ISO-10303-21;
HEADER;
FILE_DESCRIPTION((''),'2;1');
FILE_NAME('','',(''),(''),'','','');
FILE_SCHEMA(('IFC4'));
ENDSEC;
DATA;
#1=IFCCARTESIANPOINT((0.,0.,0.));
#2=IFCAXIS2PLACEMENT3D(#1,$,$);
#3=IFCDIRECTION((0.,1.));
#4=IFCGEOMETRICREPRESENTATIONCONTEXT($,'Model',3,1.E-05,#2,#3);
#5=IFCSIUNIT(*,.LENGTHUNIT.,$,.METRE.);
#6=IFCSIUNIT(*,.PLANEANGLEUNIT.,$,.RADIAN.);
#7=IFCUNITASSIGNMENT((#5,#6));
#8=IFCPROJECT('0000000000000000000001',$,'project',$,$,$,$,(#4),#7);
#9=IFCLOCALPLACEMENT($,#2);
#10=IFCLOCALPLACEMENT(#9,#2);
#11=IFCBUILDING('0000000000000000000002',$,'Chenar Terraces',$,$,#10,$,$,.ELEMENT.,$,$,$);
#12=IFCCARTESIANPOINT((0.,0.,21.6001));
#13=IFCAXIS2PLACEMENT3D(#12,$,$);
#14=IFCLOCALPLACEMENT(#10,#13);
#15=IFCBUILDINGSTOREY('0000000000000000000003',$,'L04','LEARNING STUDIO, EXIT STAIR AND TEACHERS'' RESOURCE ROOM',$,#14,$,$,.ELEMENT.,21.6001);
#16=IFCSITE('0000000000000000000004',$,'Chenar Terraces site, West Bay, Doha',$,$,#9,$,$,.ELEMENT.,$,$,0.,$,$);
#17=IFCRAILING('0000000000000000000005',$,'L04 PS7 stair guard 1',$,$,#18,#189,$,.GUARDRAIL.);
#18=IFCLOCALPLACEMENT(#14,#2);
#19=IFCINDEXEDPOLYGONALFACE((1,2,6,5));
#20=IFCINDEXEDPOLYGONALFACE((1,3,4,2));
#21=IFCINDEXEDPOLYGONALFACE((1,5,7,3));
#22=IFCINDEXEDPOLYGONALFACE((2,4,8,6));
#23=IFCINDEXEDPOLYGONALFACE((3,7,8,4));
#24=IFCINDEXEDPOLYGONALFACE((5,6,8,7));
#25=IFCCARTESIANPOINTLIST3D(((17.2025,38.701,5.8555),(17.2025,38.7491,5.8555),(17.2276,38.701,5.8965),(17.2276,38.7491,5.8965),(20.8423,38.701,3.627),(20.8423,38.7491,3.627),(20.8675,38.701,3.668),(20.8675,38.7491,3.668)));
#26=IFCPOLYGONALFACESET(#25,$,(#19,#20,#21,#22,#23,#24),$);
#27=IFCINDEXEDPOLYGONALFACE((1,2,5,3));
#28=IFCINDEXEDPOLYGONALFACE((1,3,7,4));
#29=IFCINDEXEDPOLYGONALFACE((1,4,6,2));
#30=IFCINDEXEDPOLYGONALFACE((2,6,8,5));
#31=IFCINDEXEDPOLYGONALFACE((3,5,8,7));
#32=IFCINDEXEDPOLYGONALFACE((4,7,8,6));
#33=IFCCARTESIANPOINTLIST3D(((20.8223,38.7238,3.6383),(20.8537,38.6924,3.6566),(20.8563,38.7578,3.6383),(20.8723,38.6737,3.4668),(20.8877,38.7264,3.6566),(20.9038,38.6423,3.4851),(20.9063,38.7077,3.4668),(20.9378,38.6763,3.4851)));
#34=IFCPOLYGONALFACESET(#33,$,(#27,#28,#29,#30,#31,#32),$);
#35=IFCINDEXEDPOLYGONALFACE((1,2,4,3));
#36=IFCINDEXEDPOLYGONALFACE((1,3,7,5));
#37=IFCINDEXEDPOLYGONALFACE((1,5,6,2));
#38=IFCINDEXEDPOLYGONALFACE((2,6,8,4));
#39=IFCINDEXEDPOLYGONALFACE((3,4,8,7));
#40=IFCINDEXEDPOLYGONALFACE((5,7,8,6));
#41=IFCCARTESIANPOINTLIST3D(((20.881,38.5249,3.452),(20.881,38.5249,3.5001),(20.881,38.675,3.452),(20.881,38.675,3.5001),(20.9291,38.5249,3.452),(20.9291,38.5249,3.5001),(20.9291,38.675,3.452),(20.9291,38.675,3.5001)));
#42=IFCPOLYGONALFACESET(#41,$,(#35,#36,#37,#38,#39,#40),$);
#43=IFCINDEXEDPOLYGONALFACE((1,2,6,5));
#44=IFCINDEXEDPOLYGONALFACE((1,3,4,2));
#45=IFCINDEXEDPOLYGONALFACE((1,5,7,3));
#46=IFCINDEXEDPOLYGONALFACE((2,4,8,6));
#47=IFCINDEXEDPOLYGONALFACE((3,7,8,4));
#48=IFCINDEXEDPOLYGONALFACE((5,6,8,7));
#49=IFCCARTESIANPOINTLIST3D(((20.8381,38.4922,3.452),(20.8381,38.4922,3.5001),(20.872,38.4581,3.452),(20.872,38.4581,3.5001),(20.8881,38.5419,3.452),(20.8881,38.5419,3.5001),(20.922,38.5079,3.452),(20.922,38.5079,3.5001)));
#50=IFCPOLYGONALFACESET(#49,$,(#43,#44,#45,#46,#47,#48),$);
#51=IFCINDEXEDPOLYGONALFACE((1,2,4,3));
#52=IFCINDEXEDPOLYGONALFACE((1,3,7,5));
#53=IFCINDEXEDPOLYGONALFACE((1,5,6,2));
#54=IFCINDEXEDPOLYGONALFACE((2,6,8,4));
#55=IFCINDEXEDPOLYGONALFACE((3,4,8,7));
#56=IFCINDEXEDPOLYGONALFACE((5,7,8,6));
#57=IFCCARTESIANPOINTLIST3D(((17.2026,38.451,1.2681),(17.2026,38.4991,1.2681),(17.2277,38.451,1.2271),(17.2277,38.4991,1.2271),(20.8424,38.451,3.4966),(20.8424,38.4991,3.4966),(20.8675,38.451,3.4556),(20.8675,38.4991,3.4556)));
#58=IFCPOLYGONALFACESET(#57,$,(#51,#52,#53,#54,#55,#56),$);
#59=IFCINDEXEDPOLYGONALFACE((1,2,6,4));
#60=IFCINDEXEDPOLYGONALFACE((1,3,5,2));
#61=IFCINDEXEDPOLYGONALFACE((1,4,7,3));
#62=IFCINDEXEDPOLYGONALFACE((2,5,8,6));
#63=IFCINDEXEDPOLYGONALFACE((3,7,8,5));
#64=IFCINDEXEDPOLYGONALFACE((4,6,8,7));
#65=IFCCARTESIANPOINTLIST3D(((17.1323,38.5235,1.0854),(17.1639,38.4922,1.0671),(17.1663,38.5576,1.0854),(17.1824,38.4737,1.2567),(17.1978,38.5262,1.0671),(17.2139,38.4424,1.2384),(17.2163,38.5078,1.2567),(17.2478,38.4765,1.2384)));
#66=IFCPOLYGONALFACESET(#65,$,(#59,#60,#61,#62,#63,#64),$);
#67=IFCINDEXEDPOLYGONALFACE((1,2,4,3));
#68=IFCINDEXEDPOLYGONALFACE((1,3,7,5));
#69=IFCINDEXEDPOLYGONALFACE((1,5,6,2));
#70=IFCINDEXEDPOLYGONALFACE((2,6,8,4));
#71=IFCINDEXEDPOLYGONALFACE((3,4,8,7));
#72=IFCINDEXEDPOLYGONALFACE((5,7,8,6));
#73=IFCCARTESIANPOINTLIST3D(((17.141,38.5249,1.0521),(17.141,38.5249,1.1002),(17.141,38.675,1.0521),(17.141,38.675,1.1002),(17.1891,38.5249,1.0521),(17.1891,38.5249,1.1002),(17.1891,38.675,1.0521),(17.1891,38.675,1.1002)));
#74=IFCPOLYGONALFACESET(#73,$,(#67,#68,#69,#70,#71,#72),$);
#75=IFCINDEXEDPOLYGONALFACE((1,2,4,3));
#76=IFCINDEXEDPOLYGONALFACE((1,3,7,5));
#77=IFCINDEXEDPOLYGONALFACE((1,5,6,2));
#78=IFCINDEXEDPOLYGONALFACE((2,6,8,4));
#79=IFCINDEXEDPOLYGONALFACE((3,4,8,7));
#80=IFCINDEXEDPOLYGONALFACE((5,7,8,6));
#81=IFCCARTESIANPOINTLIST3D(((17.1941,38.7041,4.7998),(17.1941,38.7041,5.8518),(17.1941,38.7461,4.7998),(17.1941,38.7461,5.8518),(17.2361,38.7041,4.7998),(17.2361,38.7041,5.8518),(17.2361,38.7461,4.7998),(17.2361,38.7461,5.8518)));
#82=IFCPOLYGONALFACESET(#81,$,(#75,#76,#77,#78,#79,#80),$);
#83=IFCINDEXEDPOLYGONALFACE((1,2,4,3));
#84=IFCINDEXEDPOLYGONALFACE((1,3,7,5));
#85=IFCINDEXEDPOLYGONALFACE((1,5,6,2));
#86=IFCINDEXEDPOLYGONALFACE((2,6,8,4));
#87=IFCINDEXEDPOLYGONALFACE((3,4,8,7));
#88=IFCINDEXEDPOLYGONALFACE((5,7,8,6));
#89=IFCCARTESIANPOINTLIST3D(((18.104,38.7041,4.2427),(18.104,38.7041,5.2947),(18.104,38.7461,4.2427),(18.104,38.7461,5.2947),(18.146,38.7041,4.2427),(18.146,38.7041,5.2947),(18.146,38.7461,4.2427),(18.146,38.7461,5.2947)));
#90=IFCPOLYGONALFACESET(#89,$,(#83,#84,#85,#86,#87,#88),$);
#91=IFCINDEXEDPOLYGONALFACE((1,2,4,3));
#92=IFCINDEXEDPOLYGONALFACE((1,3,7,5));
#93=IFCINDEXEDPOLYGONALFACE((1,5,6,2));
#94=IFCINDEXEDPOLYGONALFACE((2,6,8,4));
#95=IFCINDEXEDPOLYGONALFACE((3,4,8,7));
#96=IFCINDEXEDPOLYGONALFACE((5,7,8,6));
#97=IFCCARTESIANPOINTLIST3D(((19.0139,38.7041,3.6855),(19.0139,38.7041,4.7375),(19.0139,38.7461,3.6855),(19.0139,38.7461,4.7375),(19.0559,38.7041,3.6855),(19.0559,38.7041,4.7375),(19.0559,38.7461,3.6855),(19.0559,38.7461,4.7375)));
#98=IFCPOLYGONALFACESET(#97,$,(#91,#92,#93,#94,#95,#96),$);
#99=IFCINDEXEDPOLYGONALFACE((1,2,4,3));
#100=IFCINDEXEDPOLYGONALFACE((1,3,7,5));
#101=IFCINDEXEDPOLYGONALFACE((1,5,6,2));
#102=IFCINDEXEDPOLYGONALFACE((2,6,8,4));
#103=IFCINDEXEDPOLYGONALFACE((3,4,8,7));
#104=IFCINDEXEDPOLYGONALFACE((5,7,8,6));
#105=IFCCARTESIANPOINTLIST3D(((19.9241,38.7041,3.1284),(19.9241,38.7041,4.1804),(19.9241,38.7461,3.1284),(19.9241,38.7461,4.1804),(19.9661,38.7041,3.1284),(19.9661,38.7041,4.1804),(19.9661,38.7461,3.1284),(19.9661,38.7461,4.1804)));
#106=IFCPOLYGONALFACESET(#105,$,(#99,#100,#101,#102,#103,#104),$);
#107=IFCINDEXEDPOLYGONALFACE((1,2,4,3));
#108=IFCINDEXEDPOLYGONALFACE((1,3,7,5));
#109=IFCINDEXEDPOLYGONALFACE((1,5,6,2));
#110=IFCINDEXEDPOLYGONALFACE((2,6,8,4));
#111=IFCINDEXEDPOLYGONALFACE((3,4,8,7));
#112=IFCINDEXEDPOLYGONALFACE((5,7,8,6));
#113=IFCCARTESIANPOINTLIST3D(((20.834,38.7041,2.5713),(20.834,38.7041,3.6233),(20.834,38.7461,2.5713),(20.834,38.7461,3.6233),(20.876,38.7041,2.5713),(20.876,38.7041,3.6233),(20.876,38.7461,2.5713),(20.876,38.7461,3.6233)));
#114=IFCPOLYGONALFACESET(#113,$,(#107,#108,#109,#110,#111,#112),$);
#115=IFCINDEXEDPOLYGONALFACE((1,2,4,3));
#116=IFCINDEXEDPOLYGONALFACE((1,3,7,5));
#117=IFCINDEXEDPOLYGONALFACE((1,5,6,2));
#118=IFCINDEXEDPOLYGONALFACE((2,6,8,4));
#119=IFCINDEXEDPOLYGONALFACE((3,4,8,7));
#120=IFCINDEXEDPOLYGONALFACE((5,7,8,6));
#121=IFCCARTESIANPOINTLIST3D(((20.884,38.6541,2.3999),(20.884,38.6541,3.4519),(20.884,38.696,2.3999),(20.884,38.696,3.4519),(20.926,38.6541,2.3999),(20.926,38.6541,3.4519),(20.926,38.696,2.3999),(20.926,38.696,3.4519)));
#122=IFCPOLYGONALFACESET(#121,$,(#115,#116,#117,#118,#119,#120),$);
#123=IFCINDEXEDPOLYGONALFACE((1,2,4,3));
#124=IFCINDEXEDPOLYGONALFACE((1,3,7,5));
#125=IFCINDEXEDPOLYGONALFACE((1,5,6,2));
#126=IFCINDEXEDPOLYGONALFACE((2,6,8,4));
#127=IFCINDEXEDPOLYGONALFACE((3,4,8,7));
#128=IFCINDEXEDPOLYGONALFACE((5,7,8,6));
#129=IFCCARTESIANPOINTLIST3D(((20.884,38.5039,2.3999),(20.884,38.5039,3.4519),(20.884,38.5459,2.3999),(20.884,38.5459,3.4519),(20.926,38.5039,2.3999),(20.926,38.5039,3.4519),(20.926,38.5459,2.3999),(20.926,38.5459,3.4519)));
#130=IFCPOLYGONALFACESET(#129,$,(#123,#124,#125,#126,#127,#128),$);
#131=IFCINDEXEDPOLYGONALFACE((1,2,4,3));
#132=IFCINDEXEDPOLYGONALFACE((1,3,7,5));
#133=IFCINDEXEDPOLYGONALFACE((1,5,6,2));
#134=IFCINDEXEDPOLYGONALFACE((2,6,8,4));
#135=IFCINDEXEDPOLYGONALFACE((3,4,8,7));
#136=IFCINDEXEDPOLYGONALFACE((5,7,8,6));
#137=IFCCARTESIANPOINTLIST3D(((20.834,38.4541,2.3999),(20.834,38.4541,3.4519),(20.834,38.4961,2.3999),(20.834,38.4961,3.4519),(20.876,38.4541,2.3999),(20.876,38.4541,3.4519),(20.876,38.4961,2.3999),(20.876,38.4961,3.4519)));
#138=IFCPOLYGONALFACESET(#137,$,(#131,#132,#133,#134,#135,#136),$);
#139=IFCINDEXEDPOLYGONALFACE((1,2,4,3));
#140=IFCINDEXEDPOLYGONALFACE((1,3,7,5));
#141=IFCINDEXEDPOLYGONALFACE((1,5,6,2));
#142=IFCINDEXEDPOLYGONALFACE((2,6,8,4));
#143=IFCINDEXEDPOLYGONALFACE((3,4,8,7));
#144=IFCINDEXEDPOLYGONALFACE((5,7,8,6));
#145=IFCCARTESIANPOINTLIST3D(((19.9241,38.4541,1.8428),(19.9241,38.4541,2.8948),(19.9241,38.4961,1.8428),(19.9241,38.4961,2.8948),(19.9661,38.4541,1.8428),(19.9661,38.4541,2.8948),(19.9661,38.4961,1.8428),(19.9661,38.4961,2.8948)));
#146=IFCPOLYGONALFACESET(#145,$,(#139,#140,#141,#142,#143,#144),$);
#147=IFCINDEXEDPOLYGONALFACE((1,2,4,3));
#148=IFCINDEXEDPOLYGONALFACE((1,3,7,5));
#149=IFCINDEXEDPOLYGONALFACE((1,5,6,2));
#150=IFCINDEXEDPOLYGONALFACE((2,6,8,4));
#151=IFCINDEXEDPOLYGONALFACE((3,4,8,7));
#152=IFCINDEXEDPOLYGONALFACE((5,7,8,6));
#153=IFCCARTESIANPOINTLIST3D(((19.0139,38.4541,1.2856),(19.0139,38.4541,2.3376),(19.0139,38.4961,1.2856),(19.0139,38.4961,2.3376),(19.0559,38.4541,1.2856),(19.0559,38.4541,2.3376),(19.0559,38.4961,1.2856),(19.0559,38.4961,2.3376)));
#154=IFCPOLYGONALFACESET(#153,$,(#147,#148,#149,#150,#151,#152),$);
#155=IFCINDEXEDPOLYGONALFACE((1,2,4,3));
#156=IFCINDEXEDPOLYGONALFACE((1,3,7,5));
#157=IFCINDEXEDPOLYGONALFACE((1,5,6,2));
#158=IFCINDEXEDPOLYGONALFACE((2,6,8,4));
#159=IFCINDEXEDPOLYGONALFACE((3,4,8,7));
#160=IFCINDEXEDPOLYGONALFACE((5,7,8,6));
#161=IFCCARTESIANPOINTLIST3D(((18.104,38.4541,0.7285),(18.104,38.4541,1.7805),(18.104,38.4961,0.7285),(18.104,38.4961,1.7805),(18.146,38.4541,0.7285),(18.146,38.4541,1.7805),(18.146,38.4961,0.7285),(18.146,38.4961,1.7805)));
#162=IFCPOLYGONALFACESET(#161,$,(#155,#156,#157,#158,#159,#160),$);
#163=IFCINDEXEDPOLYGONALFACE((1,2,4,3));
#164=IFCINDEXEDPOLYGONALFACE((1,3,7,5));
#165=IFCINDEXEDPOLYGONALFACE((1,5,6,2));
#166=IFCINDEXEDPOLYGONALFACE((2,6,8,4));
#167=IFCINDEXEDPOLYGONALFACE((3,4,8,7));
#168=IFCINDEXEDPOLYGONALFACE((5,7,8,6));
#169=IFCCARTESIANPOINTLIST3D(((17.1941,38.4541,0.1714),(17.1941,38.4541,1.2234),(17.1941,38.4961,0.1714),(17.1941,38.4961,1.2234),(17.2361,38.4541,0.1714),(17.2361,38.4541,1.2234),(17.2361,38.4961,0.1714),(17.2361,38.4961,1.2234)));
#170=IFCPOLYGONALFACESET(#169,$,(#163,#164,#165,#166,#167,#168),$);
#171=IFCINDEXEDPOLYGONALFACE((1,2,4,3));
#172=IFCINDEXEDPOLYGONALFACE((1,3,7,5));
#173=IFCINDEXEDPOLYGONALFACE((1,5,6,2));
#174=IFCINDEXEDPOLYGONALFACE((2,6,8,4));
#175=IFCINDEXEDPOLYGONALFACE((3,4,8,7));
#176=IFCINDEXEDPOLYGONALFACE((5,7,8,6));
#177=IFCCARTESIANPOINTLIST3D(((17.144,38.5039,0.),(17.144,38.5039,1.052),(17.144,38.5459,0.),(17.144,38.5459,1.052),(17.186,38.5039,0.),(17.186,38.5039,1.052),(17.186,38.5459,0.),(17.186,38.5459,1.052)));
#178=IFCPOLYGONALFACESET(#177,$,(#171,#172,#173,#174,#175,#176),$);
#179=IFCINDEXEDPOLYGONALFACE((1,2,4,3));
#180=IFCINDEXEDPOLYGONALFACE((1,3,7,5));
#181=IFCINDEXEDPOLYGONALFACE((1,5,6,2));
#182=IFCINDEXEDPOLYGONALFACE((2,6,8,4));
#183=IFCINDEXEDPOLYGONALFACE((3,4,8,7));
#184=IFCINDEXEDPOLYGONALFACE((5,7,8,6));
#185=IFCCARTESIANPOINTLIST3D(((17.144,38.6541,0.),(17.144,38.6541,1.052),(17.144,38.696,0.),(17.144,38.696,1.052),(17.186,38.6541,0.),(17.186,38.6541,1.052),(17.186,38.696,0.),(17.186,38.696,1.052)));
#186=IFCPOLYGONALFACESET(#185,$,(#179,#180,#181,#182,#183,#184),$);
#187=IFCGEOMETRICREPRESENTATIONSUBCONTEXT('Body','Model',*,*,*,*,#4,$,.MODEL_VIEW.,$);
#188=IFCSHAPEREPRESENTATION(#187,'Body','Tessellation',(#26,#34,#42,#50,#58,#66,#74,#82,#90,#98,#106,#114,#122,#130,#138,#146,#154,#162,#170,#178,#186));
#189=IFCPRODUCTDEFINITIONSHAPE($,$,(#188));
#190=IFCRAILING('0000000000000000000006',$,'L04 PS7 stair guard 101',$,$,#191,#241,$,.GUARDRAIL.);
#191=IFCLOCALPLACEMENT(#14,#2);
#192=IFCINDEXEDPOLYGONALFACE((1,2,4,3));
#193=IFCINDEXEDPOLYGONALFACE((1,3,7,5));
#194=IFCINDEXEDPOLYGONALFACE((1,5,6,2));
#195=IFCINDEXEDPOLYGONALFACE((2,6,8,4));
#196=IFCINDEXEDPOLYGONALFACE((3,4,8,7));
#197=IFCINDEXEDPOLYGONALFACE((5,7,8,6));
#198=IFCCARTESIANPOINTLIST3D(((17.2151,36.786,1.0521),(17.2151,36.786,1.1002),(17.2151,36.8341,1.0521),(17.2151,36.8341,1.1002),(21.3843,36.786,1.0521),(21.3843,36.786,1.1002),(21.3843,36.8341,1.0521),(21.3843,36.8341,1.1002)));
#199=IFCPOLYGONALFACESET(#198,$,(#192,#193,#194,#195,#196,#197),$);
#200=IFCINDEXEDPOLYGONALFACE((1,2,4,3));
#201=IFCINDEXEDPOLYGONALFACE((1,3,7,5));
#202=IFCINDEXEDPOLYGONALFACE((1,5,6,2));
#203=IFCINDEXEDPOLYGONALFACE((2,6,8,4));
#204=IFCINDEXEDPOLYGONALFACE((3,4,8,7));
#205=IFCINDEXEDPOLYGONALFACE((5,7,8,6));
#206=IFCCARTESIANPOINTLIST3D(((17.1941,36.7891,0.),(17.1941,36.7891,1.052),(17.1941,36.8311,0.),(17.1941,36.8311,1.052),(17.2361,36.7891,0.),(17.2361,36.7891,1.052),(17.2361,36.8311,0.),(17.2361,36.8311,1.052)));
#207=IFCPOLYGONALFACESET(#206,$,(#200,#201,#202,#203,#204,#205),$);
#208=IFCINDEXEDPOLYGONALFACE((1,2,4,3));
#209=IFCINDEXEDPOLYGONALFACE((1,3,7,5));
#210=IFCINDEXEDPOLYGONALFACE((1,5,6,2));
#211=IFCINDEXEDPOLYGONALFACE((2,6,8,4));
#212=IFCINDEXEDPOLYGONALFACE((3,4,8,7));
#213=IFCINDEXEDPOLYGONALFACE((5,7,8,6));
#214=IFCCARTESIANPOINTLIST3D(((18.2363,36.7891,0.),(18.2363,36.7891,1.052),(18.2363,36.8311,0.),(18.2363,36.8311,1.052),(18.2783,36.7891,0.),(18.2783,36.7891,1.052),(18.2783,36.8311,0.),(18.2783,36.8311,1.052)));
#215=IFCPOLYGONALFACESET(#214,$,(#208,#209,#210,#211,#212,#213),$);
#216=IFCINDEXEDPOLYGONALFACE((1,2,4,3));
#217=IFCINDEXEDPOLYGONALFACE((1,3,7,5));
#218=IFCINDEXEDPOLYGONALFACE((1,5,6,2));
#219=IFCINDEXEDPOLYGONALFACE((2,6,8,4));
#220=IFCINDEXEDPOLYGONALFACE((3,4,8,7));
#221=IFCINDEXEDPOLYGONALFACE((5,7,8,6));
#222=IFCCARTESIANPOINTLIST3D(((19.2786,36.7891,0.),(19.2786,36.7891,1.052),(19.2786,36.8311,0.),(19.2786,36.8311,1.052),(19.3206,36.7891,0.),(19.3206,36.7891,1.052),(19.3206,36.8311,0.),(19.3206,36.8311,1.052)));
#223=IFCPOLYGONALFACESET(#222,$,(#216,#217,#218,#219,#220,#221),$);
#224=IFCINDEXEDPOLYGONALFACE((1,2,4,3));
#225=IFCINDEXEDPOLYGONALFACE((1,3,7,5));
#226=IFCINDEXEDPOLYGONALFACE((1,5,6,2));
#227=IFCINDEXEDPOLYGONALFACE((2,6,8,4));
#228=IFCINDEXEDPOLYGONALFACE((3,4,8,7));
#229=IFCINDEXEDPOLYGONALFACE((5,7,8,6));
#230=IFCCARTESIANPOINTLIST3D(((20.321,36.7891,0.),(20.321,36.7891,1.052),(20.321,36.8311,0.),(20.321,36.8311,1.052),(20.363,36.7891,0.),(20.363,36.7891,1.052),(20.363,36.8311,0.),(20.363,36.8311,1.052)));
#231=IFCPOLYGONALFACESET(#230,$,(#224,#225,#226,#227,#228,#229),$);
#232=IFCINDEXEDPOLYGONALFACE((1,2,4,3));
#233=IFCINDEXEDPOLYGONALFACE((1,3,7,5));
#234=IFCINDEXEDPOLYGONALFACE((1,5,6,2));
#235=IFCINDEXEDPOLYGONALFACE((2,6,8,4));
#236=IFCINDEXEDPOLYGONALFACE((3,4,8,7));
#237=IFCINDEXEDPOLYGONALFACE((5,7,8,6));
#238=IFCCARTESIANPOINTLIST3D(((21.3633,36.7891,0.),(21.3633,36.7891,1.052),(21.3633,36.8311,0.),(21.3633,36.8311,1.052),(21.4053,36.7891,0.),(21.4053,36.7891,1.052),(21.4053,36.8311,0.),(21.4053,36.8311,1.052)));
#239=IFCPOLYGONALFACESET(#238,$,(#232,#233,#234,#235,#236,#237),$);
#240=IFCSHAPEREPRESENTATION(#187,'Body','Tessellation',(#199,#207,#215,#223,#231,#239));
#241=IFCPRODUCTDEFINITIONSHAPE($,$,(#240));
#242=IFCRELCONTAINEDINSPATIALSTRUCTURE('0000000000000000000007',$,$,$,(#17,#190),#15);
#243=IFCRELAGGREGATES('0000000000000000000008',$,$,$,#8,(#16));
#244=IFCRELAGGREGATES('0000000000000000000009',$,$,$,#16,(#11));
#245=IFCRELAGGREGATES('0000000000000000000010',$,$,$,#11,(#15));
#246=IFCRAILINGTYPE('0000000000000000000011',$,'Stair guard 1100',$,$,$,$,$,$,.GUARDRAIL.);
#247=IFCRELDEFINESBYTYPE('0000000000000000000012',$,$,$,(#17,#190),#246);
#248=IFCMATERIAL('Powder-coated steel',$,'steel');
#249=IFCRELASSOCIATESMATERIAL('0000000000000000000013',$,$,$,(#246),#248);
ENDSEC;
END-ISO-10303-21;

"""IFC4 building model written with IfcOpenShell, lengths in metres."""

from ifc_helpers import new_model, si_unit, direction, frame, origin, origin_2d, place, context, subcontext, project, spatial, rectangle, extrude, material, type_object, element, save


model = new_model("IFC4")

# Units and contexts
model_context = context("Model", 3, precision=1e-05, world=origin(), true_north=direction((0.0, 1.0)))
body_context = subcontext(model_context, "Body", "Model", "MODEL_VIEW")
ifc_project = project(units=[si_unit("LENGTHUNIT", "METRE"), si_unit("PLANEANGLEUNIT", "RADIAN")], contexts=[model_context])

# Site, building, storey
site_placement = place(None, origin())
site = spatial("IfcSite", under=ifc_project, at=site_placement, Name="Chenar Terraces site, West Bay, Doha", CompositionType="ELEMENT", RefElevation=0.0)
building_placement = place(site_placement, origin())
building = spatial("IfcBuilding", under=site, at=building_placement, Name="Chenar Terraces", CompositionType="ELEMENT")
storey_placement = place(building_placement, frame((0.0, 0.0, 21.6001)))
storey = spatial("IfcBuildingStorey", under=building, at=storey_placement, Name="L04", Description="LEARNING STUDIO, EXIT STAIR AND TEACHERS' RESOURCE ROOM", CompositionType="ELEMENT", Elevation=21.6001)

# Railings
ifc_material_1 = material(Name="Powder-coated steel", Category="steel")
railing_type_1 = type_object("IfcRailingType", Name="Stair guard 1100", PredefinedType="GUARDRAIL", material=ifc_material_1)
railing_1_placement = place(storey_placement, frame((17.2151, 38.7251, 4.7998)))
element("IfcRailing", 1, at=railing_1_placement, inside=storey, type_object=railing_type_1, Name="L04 PS7 stair guard 1", PredefinedType="GUARDRAIL", context=body_context, shape_type="SweptSolid", body=[
    extrude(rectangle(XDim=0.0481, YDim=0.0481, at=origin_2d()), frame((0.0, 0.0, 1.0762), z_axis=(0.85285, 0.0, -0.522156), x_axis=(0.0, 1.0, 0.0)), (0.0, 0.0, 1.0), 4.2678),
    extrude(rectangle(XDim=0.0481, YDim=0.0481, at=origin_2d()), frame((3.6399, 0.0, -1.1523), z_axis=(0.269911, -0.269911, -0.924281), x_axis=(0.707107, 0.707107, 0.0)), (0.0, 0.0, 1.0), 0.1855),
    extrude(rectangle(XDim=0.0481, YDim=0.0481, at=origin_2d()), frame((3.6899, -0.05, -1.3237), z_axis=(0.0, -1.0, 0.0), x_axis=(1.0, 0.0, 0.0)), (0.0, 0.0, 1.0), 0.1501),
    extrude(rectangle(XDim=0.0481, YDim=0.0481, at=origin_2d()), frame((3.6899, -0.2002, -1.3237), z_axis=(-0.708834, -0.705376, 0.0), x_axis=(0.705376, -0.708834, 0.0)), (0.0, 0.0, 1.0), 0.0706),
    extrude(rectangle(XDim=0.0481, YDim=0.0481, at=origin_2d()), frame((3.6399, -0.25, -1.3237), z_axis=(-0.85285, 0.0, -0.522156), x_axis=(0.0, -1.0, 0.0)), (0.0, 0.0, 1.0), 4.2678),
    extrude(rectangle(XDim=0.0481, YDim=0.0481, at=origin_2d()), frame((0.0, -0.25, -3.5522), z_axis=(-0.270007, 0.26869, -0.924609), x_axis=(-0.705376, -0.708834, 0.0)), (0.0, 0.0, 1.0), 0.1853),
    extrude(rectangle(XDim=0.0481, YDim=0.0481, at=origin_2d()), frame((-0.05, -0.2002, -3.7236), z_axis=(0.0, 1.0, 0.0), x_axis=(-1.0, 0.0, 0.0)), (0.0, 0.0, 1.0), 0.1501),
    extrude(rectangle(XDim=0.042, YDim=0.042, at=origin_2d()), origin(), (0.0, 0.0, 1.0), 1.052),
    extrude(rectangle(XDim=0.042, YDim=0.042, at=origin_2d()), frame((0.9099, 0.0, -0.5571)), (0.0, 0.0, 1.0), 1.052),
    extrude(rectangle(XDim=0.042, YDim=0.042, at=origin_2d()), frame((1.8198, 0.0, -1.1143)), (0.0, 0.0, 1.0), 1.052),
    extrude(rectangle(XDim=0.042, YDim=0.042, at=origin_2d()), frame((2.73, 0.0, -1.6714)), (0.0, 0.0, 1.0), 1.052),
    extrude(rectangle(XDim=0.042, YDim=0.042, at=origin_2d()), frame((3.6399, 0.0, -2.2285)), (0.0, 0.0, 1.0), 1.052),
    extrude(rectangle(XDim=0.042, YDim=0.042, at=origin_2d()), frame((3.6899, -0.05, -2.3999)), (0.0, 0.0, 1.0), 1.052),
    extrude(rectangle(XDim=0.042, YDim=0.042, at=origin_2d()), frame((3.6899, -0.2002, -2.3999)), (0.0, 0.0, 1.0), 1.052),
    extrude(rectangle(XDim=0.042, YDim=0.042, at=origin_2d()), frame((3.6399, -0.25, -2.3999)), (0.0, 0.0, 1.0), 1.052),
    extrude(rectangle(XDim=0.042, YDim=0.042, at=origin_2d()), frame((2.73, -0.25, -2.957)), (0.0, 0.0, 1.0), 1.052),
    extrude(rectangle(XDim=0.042, YDim=0.042, at=origin_2d()), frame((1.8198, -0.25, -3.5142)), (0.0, 0.0, 1.0), 1.052),
    extrude(rectangle(XDim=0.042, YDim=0.042, at=origin_2d()), frame((0.9099, -0.25, -4.0713)), (0.0, 0.0, 1.0), 1.052),
    extrude(rectangle(XDim=0.042, YDim=0.042, at=origin_2d()), frame((0.0, -0.25, -4.6284)), (0.0, 0.0, 1.0), 1.052),
    extrude(rectangle(XDim=0.042, YDim=0.042, at=origin_2d()), frame((-0.05, -0.2002, -4.7998)), (0.0, 0.0, 1.0), 1.052),
    extrude(rectangle(XDim=0.042, YDim=0.042, at=origin_2d()), frame((-0.05, -0.05, -4.7998)), (0.0, 0.0, 1.0), 1.052),
])
railing_2_placement = place(storey_placement, frame((17.2151, 36.8101, 0.0)))
element("IfcRailing", 2, at=railing_2_placement, inside=storey, type_object=railing_type_1, Name="L04 PS7 stair guard 101", PredefinedType="GUARDRAIL", context=body_context, shape_type="SweptSolid", body=[
    extrude(rectangle(XDim=0.0481, YDim=0.0481, at=origin_2d()), frame((0.0, 0.0, 1.0762), z_axis=(1.0, 0.0, 0.0), x_axis=(0.0, 1.0, 0.0)), (0.0, 0.0, 1.0), 4.1692),
    extrude(rectangle(XDim=0.042, YDim=0.042, at=origin_2d()), origin(), (0.0, 0.0, 1.0), 1.052),
    extrude(rectangle(XDim=0.042, YDim=0.042, at=origin_2d()), frame((1.0422, 0.0, 0.0)), (0.0, 0.0, 1.0), 1.052),
    extrude(rectangle(XDim=0.042, YDim=0.042, at=origin_2d()), frame((2.0845, 0.0, 0.0)), (0.0, 0.0, 1.0), 1.052),
    extrude(rectangle(XDim=0.042, YDim=0.042, at=origin_2d()), frame((3.127, 0.0, 0.0)), (0.0, 0.0, 1.0), 1.052),
    extrude(rectangle(XDim=0.042, YDim=0.042, at=origin_2d()), frame((4.1692, 0.0, 0.0)), (0.0, 0.0, 1.0), 1.052),
])

save(model, "model.ifc")
